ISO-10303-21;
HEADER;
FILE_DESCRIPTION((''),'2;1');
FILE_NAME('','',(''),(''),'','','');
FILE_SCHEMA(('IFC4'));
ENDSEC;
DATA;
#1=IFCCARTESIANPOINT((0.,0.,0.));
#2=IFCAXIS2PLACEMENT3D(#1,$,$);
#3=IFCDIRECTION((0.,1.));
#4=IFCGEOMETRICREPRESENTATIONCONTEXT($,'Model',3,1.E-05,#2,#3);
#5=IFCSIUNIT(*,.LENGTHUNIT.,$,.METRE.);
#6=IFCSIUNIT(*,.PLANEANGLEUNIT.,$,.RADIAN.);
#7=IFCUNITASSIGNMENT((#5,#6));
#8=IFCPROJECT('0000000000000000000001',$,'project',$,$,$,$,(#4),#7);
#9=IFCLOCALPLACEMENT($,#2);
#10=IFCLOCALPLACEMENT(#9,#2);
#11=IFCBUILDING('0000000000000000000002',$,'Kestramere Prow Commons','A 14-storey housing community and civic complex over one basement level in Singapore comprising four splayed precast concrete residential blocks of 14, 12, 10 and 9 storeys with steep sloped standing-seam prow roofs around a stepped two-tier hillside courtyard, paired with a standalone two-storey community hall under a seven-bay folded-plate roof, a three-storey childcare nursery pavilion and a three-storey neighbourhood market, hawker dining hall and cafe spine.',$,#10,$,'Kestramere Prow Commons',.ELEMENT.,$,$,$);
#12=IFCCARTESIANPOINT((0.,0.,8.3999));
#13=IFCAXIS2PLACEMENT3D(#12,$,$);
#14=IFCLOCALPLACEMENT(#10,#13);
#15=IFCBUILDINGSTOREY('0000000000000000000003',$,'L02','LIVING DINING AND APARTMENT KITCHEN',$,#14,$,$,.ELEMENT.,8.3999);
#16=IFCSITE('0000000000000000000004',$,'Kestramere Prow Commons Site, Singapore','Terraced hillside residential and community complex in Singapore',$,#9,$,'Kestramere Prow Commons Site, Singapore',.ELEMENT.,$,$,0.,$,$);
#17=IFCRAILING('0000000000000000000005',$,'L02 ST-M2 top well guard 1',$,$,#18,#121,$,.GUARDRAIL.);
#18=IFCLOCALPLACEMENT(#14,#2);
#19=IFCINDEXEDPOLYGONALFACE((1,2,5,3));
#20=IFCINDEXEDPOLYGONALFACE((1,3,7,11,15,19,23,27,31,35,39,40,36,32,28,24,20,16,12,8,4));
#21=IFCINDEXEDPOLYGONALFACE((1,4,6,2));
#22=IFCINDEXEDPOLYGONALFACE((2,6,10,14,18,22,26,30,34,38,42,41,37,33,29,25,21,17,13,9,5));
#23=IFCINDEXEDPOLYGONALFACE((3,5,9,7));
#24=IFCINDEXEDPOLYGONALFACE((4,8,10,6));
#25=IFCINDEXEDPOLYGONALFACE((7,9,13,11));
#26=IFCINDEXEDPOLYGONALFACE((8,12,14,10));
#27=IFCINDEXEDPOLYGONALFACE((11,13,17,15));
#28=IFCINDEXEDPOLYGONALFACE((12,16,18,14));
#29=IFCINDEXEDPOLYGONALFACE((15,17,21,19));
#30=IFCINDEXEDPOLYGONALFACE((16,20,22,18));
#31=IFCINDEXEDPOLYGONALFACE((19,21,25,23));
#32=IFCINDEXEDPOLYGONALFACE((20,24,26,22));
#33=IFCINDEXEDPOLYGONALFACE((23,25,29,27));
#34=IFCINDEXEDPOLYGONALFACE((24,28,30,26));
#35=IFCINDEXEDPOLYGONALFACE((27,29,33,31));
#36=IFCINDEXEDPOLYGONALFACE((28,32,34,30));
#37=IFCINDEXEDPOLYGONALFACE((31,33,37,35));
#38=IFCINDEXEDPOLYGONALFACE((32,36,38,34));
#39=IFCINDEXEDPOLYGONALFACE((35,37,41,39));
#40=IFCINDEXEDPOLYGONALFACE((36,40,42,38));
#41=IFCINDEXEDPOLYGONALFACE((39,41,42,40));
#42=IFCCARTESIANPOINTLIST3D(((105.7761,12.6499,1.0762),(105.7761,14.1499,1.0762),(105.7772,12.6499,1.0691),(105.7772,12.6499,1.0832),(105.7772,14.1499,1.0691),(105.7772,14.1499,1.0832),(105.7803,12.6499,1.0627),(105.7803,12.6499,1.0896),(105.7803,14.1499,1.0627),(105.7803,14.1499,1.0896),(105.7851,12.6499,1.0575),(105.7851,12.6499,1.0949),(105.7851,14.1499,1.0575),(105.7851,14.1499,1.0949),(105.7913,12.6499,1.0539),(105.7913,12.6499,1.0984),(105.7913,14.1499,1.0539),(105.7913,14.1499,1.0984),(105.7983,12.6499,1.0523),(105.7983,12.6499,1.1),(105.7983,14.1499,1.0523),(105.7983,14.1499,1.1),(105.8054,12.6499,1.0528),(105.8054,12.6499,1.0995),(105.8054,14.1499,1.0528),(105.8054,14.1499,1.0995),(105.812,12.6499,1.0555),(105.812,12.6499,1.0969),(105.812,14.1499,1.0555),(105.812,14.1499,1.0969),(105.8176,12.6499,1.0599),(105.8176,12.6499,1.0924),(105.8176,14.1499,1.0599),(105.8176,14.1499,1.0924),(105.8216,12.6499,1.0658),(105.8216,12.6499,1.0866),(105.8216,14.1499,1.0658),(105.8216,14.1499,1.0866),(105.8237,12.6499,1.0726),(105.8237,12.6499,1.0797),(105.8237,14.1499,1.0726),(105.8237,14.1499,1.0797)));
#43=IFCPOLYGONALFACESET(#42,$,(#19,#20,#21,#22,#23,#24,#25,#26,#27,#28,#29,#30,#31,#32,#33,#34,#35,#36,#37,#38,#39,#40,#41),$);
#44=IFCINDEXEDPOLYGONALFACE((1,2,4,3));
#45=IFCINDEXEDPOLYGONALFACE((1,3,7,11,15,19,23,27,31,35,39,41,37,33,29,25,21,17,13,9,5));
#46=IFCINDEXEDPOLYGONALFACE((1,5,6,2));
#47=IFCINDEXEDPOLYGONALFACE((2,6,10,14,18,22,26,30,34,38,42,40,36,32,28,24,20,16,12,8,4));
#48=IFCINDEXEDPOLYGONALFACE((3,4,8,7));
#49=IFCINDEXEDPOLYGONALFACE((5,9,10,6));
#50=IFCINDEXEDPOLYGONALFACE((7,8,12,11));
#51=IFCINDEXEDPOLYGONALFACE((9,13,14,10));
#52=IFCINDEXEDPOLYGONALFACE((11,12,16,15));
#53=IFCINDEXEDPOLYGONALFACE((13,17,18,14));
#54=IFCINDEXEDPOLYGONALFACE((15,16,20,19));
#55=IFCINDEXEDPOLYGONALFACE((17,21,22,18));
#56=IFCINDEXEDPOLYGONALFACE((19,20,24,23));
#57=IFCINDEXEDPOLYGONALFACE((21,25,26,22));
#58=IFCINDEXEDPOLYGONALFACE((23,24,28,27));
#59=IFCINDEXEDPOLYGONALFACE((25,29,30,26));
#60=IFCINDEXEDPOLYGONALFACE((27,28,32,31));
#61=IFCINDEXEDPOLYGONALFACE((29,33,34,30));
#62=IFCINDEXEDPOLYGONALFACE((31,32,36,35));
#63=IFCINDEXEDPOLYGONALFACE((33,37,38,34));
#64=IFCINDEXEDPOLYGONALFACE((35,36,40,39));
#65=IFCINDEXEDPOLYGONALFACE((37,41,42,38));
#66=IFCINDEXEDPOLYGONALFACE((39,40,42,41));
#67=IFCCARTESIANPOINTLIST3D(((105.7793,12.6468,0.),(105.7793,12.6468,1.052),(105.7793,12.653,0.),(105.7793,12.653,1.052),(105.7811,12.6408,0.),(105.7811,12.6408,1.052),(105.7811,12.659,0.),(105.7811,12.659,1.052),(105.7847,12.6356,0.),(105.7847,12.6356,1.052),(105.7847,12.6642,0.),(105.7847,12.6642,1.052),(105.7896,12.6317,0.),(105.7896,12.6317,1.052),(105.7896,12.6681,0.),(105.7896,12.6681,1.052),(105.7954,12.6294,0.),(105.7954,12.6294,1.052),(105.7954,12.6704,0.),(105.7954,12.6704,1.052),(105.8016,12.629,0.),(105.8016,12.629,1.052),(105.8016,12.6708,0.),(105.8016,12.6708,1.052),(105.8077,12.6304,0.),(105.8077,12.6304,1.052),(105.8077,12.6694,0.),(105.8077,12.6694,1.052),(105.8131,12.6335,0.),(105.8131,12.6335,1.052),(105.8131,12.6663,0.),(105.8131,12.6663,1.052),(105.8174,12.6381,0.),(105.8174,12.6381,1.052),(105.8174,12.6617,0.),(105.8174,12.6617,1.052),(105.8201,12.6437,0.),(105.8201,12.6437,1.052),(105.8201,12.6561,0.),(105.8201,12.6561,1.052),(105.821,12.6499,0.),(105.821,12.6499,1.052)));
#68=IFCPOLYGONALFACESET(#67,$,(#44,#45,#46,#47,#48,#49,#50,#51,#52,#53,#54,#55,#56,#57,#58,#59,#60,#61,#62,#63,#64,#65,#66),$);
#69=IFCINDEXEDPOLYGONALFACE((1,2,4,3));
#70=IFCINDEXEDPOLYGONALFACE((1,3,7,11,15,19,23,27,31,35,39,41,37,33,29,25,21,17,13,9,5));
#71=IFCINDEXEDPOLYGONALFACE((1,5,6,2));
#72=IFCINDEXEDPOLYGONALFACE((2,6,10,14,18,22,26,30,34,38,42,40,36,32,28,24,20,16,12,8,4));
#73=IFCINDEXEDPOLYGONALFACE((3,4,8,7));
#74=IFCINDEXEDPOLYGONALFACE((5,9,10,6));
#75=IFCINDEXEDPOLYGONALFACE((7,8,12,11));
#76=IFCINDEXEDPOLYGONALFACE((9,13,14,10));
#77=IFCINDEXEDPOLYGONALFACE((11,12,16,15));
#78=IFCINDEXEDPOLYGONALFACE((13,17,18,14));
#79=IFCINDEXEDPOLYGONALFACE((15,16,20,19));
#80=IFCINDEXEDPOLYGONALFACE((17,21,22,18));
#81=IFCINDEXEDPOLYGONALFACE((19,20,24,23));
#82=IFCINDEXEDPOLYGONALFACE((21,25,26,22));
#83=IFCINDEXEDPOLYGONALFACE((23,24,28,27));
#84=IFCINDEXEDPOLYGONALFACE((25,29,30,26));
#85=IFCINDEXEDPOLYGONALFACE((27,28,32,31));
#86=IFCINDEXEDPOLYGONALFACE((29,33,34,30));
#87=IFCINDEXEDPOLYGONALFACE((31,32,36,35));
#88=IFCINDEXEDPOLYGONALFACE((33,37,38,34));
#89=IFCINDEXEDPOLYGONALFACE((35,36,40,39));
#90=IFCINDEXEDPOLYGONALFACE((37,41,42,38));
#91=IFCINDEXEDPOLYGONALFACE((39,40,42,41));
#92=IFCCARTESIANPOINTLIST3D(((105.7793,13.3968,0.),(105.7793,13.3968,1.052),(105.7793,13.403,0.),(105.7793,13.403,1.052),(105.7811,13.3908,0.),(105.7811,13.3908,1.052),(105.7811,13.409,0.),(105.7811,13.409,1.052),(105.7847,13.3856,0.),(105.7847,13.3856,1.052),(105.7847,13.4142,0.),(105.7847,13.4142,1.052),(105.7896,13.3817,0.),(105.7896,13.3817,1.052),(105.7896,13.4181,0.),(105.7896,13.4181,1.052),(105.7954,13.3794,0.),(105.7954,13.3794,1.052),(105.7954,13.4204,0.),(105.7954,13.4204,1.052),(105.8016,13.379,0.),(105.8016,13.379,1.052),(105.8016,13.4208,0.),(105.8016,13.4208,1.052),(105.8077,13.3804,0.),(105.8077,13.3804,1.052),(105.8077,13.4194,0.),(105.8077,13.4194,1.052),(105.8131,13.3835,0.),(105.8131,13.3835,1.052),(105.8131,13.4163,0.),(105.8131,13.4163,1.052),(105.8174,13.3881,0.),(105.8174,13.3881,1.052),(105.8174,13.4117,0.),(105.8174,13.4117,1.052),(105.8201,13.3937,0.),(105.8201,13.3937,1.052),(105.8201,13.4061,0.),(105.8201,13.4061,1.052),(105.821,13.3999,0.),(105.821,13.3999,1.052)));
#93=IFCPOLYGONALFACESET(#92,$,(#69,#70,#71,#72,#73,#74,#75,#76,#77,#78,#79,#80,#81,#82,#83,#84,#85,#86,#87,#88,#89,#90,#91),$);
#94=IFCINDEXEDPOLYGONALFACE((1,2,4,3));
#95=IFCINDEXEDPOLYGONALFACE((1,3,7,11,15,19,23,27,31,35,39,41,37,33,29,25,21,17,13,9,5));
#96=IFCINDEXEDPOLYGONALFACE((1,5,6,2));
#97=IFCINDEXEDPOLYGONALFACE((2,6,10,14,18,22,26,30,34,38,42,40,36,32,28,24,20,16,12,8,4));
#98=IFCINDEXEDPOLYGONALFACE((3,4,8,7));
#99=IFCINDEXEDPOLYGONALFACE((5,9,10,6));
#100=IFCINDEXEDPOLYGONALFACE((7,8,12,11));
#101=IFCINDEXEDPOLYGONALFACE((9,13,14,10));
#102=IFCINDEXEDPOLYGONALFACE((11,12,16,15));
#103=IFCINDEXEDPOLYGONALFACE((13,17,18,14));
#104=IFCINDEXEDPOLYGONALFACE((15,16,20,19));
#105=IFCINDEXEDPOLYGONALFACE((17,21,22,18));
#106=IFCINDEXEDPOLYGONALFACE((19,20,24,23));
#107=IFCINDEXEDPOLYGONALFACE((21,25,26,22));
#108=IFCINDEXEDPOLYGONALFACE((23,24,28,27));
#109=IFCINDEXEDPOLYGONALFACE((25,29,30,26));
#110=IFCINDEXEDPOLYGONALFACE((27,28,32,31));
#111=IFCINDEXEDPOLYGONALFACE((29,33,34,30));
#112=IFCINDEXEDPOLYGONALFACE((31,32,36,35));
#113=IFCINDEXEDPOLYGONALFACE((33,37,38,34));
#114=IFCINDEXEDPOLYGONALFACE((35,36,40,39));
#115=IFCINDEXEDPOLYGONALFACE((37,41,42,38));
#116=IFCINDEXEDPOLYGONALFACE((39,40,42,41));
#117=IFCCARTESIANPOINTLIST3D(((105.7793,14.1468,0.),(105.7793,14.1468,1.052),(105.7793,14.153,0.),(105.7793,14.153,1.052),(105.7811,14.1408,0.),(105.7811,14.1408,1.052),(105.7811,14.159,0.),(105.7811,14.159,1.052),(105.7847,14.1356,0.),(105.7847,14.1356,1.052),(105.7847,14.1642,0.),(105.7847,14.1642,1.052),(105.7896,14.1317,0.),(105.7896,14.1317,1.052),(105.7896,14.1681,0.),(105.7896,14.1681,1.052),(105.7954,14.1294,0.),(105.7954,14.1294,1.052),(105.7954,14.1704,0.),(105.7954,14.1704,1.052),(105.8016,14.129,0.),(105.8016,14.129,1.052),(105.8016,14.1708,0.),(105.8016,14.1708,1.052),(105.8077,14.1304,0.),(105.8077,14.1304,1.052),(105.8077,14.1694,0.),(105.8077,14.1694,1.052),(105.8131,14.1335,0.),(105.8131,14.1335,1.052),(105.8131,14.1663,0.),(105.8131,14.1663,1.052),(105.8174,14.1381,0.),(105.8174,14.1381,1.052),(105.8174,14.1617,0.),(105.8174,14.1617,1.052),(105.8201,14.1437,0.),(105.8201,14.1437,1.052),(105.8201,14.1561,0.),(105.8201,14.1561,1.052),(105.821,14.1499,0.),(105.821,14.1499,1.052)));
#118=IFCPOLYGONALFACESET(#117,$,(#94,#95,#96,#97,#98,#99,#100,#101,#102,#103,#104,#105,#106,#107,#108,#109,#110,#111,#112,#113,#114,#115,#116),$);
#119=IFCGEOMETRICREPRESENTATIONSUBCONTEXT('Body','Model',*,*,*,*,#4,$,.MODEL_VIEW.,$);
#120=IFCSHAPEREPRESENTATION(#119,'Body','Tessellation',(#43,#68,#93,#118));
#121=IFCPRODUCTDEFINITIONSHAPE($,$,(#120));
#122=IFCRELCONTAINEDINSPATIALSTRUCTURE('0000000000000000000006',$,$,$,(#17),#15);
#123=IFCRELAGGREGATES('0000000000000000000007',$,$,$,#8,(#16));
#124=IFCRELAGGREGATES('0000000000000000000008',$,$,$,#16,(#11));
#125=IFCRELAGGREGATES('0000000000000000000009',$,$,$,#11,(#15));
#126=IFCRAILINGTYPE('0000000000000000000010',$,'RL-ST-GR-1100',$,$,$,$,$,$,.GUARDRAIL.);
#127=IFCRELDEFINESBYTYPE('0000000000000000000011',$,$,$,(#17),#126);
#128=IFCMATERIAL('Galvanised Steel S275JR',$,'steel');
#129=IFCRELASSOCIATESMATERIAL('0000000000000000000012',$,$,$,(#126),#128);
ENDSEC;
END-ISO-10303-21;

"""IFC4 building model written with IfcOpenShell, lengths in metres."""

from ifc_helpers import new_model, si_unit, direction, frame, origin, origin_2d, place, context, subcontext, project, spatial, circle, extrude, material, type_object, element, save


model = new_model("IFC4")

# Units and contexts
model_context = context("Model", 3, precision=1e-05, world=origin(), true_north=direction((0.0, 1.0)))
body_context = subcontext(model_context, "Body", "Model", "MODEL_VIEW")
ifc_project = project(units=[si_unit("LENGTHUNIT", "METRE"), si_unit("PLANEANGLEUNIT", "RADIAN")], contexts=[model_context])

# Site, building, storey
site_placement = place(None, origin())
site = spatial("IfcSite", under=ifc_project, at=site_placement, Name="Kestramere Prow Commons Site, Singapore", Description="Terraced hillside residential and community complex in Singapore", LongName="Kestramere Prow Commons Site, Singapore", CompositionType="ELEMENT", RefElevation=0.0)
building_placement = place(site_placement, origin())
building = spatial("IfcBuilding", under=site, at=building_placement, Name="Kestramere Prow Commons", Description="A 14-storey housing community and civic complex over one basement level in Singapore comprising four splayed precast concrete residential blocks of 14, 12, 10 and 9 storeys with steep sloped standing-seam prow roofs around a stepped two-tier hillside courtyard, paired with a standalone two-storey community hall under a seven-bay folded-plate roof, a three-storey childcare nursery pavilion and a three-storey neighbourhood market, hawker dining hall and cafe spine.", LongName="Kestramere Prow Commons", CompositionType="ELEMENT")
storey_placement = place(building_placement, frame((0.0, 0.0, 8.3999)))
storey = spatial("IfcBuildingStorey", under=building, at=storey_placement, Name="L02", Description="LIVING DINING AND APARTMENT KITCHEN", CompositionType="ELEMENT", Elevation=8.3999)

# Railing
ifc_material_1 = material(Name="Galvanised Steel S275JR", Category="steel")
railing_type = type_object("IfcRailingType", Name="RL-ST-GR-1100", PredefinedType="GUARDRAIL", material=ifc_material_1)
railing_placement = place(storey_placement, frame((105.8, 12.6499, 0.0)))
element("IfcRailing", 1, at=railing_placement, inside=storey, type_object=railing_type, Name="L02 ST-M2 top well guard 1", PredefinedType="GUARDRAIL", context=body_context, shape_type="SweptSolid", body=[
    extrude(circle(Radius=0.0239, at=origin_2d()), frame((0.0, 0.0, 1.0762), z_axis=(0.0, 1.0, 0.0), x_axis=(-1.0, 0.0, 0.0)), (0.0, 0.0, 1.0), 1.5),
    extrude(circle(Radius=0.021, at=origin_2d()), origin(), (0.0, 0.0, 1.0), 1.052),
    extrude(circle(Radius=0.021, at=origin_2d()), frame((0.0, 0.75, 0.0)), (0.0, 0.0, 1.0), 1.052),
    extrude(circle(Radius=0.021, at=origin_2d()), frame((0.0, 1.5, 0.0)), (0.0, 0.0, 1.0), 1.052),
])

save(model, "model.ifc")
